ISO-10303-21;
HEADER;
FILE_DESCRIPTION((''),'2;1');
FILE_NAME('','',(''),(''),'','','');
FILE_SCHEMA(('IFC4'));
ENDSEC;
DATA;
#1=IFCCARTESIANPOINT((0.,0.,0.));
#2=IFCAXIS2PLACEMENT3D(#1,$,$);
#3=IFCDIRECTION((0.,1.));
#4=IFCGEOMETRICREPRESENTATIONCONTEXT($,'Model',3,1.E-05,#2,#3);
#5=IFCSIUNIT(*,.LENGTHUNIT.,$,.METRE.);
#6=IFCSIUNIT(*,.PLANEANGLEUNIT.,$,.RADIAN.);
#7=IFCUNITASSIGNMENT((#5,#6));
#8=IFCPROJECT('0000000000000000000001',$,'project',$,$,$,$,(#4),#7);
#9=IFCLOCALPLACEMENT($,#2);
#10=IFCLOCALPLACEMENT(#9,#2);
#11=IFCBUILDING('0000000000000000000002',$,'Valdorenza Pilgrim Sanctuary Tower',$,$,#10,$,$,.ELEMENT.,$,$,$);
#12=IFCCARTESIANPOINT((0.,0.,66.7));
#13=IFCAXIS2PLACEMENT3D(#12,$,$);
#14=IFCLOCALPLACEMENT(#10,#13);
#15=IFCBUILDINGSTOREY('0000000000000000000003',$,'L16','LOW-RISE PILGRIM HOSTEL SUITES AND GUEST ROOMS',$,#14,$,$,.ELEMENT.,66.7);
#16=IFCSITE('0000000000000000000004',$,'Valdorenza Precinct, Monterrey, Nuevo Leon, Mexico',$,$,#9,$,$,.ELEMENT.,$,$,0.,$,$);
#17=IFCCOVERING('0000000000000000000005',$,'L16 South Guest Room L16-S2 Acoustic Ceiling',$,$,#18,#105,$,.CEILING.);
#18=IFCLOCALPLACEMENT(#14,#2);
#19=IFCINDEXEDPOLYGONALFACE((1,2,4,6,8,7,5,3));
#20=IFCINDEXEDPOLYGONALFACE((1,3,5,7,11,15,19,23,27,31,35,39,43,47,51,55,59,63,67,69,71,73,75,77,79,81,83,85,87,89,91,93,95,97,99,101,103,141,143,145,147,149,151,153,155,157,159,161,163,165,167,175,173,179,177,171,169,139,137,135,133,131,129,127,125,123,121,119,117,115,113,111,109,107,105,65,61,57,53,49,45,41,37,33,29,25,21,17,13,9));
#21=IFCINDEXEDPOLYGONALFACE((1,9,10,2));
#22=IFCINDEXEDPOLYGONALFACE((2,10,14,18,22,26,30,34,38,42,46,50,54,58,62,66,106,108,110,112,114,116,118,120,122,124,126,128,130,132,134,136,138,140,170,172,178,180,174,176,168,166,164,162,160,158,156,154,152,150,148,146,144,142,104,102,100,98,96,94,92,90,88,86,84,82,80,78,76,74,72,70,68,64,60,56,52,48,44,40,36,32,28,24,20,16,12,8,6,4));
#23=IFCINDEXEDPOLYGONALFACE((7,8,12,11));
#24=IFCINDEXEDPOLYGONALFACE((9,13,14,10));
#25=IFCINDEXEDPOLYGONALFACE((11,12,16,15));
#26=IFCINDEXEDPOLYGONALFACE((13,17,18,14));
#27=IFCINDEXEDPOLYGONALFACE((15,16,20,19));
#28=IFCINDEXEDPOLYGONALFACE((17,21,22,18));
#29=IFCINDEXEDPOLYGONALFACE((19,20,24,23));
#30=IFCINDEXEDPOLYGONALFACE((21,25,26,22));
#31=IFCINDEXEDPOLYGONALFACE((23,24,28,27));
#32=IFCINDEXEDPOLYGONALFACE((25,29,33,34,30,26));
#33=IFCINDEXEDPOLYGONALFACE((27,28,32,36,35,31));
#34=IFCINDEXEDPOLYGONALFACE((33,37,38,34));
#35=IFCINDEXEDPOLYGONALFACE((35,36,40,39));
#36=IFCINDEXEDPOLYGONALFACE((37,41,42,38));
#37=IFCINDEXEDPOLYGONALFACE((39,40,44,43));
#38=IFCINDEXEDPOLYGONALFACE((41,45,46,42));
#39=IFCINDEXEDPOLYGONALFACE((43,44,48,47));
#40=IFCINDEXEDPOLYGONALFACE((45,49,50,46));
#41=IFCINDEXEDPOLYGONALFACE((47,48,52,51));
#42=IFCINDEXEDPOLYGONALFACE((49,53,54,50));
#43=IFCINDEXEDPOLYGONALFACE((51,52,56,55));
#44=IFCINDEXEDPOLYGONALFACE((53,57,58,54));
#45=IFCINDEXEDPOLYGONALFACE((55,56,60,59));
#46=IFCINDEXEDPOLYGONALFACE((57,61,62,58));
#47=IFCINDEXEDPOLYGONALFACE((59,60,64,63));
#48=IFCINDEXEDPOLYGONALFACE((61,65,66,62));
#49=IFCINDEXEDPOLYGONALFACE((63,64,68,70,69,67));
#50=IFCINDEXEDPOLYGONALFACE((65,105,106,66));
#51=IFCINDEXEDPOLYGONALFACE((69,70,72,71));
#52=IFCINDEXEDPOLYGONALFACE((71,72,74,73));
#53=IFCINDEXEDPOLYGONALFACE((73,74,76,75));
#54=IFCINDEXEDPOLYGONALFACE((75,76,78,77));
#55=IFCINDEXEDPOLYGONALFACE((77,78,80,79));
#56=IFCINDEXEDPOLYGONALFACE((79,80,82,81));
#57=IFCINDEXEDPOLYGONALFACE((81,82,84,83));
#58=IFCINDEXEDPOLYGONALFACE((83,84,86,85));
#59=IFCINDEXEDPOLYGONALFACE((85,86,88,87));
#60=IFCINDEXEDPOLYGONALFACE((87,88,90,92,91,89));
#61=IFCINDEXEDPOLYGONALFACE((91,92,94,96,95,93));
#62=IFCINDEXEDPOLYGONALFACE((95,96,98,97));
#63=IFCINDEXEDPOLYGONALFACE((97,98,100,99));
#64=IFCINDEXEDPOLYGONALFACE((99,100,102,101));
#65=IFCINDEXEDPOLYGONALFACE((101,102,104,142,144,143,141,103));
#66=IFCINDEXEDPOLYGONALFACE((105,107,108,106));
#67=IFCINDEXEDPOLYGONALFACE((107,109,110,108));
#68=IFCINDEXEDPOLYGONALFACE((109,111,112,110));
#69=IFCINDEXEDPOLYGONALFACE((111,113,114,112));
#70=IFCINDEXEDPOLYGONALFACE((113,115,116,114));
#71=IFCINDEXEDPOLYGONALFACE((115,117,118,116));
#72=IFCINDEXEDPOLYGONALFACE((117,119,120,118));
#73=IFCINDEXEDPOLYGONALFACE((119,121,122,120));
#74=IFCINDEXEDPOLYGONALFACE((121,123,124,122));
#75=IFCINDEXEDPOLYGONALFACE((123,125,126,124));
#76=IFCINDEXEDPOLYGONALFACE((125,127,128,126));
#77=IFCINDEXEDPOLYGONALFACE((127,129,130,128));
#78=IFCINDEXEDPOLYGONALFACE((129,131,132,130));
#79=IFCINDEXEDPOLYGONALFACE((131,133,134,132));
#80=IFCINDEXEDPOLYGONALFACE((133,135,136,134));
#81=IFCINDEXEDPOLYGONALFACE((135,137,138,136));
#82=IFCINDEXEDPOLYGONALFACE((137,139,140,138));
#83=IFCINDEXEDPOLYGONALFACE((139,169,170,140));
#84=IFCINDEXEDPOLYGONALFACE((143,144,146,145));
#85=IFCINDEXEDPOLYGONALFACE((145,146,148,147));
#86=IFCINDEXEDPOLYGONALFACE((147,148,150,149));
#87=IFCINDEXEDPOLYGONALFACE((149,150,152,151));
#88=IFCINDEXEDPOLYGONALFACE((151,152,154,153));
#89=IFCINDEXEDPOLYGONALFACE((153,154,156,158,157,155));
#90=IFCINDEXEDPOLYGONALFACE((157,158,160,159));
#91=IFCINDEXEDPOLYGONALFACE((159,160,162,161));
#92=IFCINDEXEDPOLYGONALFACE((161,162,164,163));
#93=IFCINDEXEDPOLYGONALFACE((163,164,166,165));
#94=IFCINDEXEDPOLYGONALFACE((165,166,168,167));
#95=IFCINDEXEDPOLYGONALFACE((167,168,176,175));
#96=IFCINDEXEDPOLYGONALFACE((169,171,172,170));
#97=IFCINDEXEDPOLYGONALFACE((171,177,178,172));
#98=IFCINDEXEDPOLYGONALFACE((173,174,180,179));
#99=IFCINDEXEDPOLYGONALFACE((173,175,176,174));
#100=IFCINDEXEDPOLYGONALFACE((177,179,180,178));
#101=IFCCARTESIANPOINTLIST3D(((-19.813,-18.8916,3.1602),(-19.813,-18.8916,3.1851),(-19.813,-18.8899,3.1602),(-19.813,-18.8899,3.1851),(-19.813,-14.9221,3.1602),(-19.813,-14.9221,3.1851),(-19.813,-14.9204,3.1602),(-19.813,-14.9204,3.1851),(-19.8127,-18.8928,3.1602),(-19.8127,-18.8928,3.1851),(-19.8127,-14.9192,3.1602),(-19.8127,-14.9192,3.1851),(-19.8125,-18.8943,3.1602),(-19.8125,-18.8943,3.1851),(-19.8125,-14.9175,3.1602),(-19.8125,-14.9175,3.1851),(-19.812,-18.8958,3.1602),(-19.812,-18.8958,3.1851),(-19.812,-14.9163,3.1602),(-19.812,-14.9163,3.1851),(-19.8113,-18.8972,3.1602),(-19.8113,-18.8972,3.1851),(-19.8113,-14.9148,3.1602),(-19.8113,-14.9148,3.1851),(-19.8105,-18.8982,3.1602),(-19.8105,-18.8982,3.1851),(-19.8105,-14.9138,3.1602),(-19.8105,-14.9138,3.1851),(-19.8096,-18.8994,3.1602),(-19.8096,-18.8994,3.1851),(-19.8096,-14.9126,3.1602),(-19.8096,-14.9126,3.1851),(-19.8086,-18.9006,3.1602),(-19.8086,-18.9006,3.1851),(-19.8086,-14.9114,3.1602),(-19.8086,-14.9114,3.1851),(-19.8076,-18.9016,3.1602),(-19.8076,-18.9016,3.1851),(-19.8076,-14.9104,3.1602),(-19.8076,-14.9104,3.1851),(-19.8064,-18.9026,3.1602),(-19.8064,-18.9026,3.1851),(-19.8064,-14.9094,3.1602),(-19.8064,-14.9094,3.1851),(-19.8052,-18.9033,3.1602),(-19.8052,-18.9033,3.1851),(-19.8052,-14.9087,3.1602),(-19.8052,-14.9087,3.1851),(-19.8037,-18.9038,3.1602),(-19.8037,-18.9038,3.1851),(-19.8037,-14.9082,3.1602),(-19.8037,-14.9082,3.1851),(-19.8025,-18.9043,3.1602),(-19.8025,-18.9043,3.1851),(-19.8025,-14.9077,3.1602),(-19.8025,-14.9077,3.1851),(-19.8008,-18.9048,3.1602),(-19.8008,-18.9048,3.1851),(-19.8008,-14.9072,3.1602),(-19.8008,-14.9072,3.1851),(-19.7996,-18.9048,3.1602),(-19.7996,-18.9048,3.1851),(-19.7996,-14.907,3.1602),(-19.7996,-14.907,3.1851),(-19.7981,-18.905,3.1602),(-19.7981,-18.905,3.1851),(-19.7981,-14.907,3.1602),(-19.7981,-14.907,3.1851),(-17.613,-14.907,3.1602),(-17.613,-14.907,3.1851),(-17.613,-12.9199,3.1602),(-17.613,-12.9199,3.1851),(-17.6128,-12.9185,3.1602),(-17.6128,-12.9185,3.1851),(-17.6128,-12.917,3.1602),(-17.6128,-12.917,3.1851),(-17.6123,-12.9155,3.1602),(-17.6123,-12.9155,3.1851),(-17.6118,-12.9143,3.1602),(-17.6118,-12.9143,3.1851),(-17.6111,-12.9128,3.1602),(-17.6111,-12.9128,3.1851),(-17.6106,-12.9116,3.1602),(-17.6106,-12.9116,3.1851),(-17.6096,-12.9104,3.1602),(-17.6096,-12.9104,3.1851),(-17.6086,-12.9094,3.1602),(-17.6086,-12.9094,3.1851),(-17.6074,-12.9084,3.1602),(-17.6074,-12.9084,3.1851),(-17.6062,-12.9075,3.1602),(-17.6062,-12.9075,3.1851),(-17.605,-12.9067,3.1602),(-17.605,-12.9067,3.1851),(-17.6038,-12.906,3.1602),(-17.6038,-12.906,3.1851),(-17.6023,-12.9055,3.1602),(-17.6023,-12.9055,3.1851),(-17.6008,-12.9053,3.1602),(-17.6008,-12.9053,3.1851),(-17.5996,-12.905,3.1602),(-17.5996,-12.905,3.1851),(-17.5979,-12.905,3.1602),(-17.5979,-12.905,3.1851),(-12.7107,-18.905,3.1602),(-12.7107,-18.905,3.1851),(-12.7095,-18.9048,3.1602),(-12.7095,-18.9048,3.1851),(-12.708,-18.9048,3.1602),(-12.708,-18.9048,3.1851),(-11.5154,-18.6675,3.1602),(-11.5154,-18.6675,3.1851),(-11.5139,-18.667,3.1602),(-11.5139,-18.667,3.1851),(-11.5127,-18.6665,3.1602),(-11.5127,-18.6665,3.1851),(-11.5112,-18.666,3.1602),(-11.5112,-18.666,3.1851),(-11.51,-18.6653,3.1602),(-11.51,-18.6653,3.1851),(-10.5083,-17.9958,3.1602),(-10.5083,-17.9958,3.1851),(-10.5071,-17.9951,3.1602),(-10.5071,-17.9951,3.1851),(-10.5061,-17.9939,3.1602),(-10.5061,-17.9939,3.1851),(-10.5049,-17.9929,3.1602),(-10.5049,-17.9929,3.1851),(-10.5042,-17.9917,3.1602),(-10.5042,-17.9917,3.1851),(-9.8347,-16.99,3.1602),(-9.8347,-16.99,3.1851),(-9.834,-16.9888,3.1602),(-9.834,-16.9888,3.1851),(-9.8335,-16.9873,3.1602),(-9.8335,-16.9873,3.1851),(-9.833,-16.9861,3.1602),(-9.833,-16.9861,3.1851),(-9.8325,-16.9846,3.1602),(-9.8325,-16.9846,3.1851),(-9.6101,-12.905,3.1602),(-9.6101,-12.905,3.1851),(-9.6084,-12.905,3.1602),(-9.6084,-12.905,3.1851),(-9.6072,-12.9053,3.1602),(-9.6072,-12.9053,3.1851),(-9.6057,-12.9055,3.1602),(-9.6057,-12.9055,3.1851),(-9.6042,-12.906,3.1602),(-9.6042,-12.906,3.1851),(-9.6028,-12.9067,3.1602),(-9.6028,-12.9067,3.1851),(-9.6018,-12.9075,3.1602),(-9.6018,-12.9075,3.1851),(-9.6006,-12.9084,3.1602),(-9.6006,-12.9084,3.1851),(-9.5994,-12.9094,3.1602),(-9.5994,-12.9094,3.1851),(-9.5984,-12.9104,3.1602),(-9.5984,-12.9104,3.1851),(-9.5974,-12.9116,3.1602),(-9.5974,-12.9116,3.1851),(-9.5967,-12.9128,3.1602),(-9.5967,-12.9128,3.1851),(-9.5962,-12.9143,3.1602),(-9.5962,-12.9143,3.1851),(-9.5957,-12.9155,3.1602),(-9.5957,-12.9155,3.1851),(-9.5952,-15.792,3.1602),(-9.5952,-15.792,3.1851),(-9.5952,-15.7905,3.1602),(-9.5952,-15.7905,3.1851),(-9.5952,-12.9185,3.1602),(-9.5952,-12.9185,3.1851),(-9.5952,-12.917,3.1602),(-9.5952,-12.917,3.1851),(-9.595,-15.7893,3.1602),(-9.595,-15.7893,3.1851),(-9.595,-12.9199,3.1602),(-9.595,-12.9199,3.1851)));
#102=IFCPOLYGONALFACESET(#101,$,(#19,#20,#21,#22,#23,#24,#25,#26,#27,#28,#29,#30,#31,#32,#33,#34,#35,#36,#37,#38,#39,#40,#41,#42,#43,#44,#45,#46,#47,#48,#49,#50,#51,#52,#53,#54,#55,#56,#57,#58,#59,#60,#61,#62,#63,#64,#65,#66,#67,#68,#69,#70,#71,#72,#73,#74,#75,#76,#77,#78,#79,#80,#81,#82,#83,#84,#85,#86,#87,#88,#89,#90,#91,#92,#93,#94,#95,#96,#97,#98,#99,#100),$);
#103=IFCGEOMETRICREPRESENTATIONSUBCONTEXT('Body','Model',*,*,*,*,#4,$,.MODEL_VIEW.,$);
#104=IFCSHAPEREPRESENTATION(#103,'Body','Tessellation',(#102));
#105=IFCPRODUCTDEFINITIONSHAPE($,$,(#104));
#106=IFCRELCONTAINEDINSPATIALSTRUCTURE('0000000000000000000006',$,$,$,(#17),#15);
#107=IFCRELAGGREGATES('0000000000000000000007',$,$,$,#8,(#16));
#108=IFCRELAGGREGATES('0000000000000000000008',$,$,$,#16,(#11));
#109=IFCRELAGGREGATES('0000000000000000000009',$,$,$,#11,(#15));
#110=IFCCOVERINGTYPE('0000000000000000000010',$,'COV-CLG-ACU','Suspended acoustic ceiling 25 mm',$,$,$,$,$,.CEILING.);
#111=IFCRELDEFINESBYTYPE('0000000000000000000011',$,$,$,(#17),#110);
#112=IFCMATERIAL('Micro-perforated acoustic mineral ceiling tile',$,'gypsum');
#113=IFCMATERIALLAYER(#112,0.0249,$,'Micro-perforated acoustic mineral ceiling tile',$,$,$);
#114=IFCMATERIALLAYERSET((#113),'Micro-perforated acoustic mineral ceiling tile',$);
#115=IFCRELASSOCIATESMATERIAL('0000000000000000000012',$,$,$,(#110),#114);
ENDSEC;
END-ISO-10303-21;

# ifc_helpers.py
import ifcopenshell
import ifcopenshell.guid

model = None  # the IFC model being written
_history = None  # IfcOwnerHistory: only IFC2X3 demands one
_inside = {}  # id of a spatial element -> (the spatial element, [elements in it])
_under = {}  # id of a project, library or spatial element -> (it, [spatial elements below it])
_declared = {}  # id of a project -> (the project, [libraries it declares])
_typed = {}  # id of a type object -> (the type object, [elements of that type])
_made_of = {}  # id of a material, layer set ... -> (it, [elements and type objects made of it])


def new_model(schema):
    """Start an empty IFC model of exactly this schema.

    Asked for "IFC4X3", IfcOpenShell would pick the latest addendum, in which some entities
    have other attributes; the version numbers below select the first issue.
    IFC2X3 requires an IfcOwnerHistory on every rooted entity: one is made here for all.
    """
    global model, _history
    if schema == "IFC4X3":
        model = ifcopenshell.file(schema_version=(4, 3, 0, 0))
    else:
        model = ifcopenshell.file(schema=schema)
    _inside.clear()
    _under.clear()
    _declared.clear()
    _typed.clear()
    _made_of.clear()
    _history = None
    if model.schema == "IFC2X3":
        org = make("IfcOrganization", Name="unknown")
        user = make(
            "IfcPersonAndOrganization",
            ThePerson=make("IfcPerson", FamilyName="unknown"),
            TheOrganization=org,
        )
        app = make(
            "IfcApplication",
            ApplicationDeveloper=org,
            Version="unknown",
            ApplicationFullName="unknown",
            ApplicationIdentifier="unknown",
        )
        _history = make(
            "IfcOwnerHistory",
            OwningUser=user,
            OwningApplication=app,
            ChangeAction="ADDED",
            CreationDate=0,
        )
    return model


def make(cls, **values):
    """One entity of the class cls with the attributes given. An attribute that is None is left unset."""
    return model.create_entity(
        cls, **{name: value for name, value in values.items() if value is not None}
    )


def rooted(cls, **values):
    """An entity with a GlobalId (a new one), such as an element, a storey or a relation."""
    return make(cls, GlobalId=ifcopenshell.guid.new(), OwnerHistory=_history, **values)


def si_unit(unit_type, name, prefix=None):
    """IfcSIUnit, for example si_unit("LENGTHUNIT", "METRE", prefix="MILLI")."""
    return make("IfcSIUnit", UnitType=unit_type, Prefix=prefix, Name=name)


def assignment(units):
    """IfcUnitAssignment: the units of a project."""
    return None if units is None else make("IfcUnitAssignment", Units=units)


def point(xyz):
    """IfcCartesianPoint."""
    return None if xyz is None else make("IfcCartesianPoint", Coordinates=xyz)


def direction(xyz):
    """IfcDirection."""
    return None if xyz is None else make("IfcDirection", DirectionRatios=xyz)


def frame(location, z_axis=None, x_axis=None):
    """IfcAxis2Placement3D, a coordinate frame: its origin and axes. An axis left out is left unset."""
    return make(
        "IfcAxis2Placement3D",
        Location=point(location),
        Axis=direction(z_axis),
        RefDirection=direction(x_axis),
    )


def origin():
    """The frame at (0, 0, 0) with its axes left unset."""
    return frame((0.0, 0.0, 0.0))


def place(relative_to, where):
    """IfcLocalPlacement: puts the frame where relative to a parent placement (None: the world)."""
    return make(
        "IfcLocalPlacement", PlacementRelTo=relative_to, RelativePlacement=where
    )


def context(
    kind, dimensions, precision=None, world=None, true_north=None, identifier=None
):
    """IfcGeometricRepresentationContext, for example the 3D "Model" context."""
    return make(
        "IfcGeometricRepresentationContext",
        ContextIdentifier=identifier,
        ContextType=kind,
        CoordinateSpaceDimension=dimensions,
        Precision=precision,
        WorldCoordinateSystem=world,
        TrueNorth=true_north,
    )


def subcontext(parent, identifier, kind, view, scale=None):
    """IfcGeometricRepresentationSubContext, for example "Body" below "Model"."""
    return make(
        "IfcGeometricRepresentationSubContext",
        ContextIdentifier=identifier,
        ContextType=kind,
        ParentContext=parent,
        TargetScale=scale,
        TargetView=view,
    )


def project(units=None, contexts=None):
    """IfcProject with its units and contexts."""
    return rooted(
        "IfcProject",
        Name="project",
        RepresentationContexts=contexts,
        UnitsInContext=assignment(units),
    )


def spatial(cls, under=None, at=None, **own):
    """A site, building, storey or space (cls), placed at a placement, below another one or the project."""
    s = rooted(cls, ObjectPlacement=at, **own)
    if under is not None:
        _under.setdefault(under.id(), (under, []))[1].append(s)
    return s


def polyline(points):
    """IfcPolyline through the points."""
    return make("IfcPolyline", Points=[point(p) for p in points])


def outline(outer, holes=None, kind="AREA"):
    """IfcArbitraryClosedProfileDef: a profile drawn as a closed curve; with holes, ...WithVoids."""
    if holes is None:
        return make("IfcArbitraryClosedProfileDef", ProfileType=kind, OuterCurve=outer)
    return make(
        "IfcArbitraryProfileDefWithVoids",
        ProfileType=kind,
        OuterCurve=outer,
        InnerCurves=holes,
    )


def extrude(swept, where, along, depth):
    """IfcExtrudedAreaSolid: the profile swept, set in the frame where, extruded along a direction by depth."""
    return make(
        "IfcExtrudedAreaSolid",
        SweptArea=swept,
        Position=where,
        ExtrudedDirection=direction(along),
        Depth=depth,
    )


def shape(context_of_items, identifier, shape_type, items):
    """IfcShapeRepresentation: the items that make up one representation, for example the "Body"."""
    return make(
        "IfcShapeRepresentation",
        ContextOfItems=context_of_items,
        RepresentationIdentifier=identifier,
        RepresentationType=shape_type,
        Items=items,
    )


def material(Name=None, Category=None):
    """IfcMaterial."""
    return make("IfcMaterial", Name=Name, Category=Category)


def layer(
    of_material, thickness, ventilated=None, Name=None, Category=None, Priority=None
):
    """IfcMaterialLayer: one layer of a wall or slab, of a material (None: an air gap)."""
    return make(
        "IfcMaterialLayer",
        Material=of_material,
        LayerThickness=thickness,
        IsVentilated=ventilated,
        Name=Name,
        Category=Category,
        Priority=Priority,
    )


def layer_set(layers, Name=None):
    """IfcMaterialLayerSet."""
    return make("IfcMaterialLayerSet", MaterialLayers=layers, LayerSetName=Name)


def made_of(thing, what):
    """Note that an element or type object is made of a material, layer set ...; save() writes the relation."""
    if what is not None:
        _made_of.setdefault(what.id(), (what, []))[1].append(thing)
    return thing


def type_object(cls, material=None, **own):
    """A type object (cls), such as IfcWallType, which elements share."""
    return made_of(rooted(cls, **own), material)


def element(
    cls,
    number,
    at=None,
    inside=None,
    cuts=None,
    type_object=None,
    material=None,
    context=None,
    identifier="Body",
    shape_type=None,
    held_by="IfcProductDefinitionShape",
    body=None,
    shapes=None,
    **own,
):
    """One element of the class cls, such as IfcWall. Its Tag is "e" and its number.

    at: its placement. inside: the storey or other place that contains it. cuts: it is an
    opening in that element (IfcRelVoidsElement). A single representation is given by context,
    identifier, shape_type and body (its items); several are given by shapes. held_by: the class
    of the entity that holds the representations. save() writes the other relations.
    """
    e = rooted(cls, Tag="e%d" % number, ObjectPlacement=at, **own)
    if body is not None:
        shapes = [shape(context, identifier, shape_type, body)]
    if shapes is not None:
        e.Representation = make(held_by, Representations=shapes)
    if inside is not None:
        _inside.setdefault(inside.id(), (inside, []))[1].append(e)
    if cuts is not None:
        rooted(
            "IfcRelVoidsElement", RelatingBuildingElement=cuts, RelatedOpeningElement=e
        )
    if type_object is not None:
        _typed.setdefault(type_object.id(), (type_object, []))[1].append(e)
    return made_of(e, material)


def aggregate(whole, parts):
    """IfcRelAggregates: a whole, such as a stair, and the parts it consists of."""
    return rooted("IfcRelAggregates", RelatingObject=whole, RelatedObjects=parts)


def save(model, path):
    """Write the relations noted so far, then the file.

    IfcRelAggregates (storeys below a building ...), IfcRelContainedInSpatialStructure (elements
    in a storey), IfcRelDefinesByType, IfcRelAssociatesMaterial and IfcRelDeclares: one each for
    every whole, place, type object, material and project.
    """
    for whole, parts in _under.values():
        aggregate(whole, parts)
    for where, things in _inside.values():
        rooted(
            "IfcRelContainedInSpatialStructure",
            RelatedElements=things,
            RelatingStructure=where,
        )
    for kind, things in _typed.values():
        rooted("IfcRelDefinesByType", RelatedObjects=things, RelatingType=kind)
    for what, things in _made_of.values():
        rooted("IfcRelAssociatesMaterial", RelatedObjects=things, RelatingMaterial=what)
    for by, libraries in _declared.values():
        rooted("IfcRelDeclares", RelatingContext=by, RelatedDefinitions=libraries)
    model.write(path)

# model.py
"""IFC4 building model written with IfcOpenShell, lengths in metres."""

from ifc_helpers import new_model, si_unit, direction, frame, origin, place, context, subcontext, project, spatial, polyline, outline, extrude, material, layer, layer_set, type_object, element, save


model = new_model("IFC4")

# Units and contexts
model_context = context("Model", 3, precision=1e-05, world=origin(), true_north=direction((0.0, 1.0)))
body_context = subcontext(model_context, "Body", "Model", "MODEL_VIEW")
ifc_project = project(units=[si_unit("LENGTHUNIT", "METRE"), si_unit("PLANEANGLEUNIT", "RADIAN")], contexts=[model_context])

# Site, building, storey
site_placement = place(None, origin())
site = spatial("IfcSite", under=ifc_project, at=site_placement, Name="Valdorenza Precinct, Monterrey, Nuevo Leon, Mexico", CompositionType="ELEMENT", RefElevation=0.0)
building_placement = place(site_placement, origin())
building = spatial("IfcBuilding", under=site, at=building_placement, Name="Valdorenza Pilgrim Sanctuary Tower", CompositionType="ELEMENT")
storey_placement = place(building_placement, frame((0.0, 0.0, 66.7)))
storey = spatial("IfcBuildingStorey", under=building, at=storey_placement, Name="L16", Description="LOW-RISE PILGRIM HOSTEL SUITES AND GUEST ROOMS", CompositionType="ELEMENT", Elevation=66.7)

# Covering
ifc_material_1 = material(Name="Micro-perforated acoustic mineral ceiling tile", Category="gypsum")
ifc_layer_1 = layer(ifc_material_1, 0.0249, Name="Micro-perforated acoustic mineral ceiling tile")
ifc_layer_set_1 = layer_set([ifc_layer_1], Name="Micro-perforated acoustic mineral ceiling tile")
covering_type_1 = type_object("IfcCoveringType", Name="COV-CLG-ACU", Description="Suspended acoustic ceiling 25 mm", PredefinedType="CEILING", material=ifc_layer_set_1)
covering_1_placement = place(storey_placement, frame((0.0, 0.0, 3.1602)))
element("IfcCovering", 1, at=covering_1_placement, inside=storey, type_object=covering_type_1, Name="L16 South Guest Room L16-S2 Acoustic Ceiling", PredefinedType="CEILING", context=body_context, shape_type="SweptSolid", body=[
    extrude(outline(polyline([(-17.613, -14.907), (-17.613, -12.9199), (-17.6128, -12.9185), (-17.6128, -12.917), (-17.6123, -12.9155), (-17.6118, -12.9143), (-17.6111, -12.9128), (-17.6106, -12.9116), (-17.6096, -12.9104), (-17.6086, -12.9094), (-17.6074, -12.9084), (-17.6062, -12.9075), (-17.605, -12.9067), (-17.6038, -12.906), (-17.6023, -12.9055), (-17.6008, -12.9053), (-17.5996, -12.905), (-17.5979, -12.905), (-9.6101, -12.905), (-9.6084, -12.905), (-9.6072, -12.9053), (-9.6057, -12.9055), (-9.6042, -12.906), (-9.6028, -12.9067), (-9.6018, -12.9075), (-9.6006, -12.9084), (-9.5994, -12.9094), (-9.5984, -12.9104), (-9.5974, -12.9116), (-9.5967, -12.9128), (-9.5962, -12.9143), (-9.5957, -12.9155), (-9.5952, -12.917), (-9.5952, -12.9185), (-9.595, -12.9199), (-9.595, -15.7893), (-9.5952, -15.7905), (-9.5952, -15.792), (-9.8325, -16.9846), (-9.833, -16.9861), (-9.8335, -16.9873), (-9.834, -16.9888), (-9.8347, -16.99), (-10.5042, -17.9917), (-10.5049, -17.9929), (-10.5061, -17.9939), (-10.5071, -17.9951), (-10.5083, -17.9958), (-11.51, -18.6653), (-11.5112, -18.666), (-11.5127, -18.6665), (-11.5139, -18.667), (-11.5154, -18.6675), (-12.708, -18.9048), (-12.7095, -18.9048), (-12.7107, -18.905), (-19.7981, -18.905), (-19.7996, -18.9048), (-19.8008, -18.9048), (-19.8025, -18.9043), (-19.8037, -18.9038), (-19.8052, -18.9033), (-19.8064, -18.9026), (-19.8076, -18.9016), (-19.8086, -18.9006), (-19.8096, -18.8994), (-19.8105, -18.8982), (-19.8113, -18.8972), (-19.812, -18.8958), (-19.8125, -18.8943), (-19.8127, -18.8928), (-19.813, -18.8916), (-19.813, -18.8899), (-19.813, -14.9221), (-19.813, -14.9204), (-19.8127, -14.9192), (-19.8125, -14.9175), (-19.812, -14.9163), (-19.8113, -14.9148), (-19.8105, -14.9138), (-19.8096, -14.9126), (-19.8086, -14.9114), (-19.8076, -14.9104), (-19.8064, -14.9094), (-19.8052, -14.9087), (-19.8037, -14.9082), (-19.8025, -14.9077), (-19.8008, -14.9072), (-19.7996, -14.907), (-19.7981, -14.907), (-17.613, -14.907)])), origin(), (0.0, 0.0, 1.0), 0.0249),
])

save(model, "model.ifc")
